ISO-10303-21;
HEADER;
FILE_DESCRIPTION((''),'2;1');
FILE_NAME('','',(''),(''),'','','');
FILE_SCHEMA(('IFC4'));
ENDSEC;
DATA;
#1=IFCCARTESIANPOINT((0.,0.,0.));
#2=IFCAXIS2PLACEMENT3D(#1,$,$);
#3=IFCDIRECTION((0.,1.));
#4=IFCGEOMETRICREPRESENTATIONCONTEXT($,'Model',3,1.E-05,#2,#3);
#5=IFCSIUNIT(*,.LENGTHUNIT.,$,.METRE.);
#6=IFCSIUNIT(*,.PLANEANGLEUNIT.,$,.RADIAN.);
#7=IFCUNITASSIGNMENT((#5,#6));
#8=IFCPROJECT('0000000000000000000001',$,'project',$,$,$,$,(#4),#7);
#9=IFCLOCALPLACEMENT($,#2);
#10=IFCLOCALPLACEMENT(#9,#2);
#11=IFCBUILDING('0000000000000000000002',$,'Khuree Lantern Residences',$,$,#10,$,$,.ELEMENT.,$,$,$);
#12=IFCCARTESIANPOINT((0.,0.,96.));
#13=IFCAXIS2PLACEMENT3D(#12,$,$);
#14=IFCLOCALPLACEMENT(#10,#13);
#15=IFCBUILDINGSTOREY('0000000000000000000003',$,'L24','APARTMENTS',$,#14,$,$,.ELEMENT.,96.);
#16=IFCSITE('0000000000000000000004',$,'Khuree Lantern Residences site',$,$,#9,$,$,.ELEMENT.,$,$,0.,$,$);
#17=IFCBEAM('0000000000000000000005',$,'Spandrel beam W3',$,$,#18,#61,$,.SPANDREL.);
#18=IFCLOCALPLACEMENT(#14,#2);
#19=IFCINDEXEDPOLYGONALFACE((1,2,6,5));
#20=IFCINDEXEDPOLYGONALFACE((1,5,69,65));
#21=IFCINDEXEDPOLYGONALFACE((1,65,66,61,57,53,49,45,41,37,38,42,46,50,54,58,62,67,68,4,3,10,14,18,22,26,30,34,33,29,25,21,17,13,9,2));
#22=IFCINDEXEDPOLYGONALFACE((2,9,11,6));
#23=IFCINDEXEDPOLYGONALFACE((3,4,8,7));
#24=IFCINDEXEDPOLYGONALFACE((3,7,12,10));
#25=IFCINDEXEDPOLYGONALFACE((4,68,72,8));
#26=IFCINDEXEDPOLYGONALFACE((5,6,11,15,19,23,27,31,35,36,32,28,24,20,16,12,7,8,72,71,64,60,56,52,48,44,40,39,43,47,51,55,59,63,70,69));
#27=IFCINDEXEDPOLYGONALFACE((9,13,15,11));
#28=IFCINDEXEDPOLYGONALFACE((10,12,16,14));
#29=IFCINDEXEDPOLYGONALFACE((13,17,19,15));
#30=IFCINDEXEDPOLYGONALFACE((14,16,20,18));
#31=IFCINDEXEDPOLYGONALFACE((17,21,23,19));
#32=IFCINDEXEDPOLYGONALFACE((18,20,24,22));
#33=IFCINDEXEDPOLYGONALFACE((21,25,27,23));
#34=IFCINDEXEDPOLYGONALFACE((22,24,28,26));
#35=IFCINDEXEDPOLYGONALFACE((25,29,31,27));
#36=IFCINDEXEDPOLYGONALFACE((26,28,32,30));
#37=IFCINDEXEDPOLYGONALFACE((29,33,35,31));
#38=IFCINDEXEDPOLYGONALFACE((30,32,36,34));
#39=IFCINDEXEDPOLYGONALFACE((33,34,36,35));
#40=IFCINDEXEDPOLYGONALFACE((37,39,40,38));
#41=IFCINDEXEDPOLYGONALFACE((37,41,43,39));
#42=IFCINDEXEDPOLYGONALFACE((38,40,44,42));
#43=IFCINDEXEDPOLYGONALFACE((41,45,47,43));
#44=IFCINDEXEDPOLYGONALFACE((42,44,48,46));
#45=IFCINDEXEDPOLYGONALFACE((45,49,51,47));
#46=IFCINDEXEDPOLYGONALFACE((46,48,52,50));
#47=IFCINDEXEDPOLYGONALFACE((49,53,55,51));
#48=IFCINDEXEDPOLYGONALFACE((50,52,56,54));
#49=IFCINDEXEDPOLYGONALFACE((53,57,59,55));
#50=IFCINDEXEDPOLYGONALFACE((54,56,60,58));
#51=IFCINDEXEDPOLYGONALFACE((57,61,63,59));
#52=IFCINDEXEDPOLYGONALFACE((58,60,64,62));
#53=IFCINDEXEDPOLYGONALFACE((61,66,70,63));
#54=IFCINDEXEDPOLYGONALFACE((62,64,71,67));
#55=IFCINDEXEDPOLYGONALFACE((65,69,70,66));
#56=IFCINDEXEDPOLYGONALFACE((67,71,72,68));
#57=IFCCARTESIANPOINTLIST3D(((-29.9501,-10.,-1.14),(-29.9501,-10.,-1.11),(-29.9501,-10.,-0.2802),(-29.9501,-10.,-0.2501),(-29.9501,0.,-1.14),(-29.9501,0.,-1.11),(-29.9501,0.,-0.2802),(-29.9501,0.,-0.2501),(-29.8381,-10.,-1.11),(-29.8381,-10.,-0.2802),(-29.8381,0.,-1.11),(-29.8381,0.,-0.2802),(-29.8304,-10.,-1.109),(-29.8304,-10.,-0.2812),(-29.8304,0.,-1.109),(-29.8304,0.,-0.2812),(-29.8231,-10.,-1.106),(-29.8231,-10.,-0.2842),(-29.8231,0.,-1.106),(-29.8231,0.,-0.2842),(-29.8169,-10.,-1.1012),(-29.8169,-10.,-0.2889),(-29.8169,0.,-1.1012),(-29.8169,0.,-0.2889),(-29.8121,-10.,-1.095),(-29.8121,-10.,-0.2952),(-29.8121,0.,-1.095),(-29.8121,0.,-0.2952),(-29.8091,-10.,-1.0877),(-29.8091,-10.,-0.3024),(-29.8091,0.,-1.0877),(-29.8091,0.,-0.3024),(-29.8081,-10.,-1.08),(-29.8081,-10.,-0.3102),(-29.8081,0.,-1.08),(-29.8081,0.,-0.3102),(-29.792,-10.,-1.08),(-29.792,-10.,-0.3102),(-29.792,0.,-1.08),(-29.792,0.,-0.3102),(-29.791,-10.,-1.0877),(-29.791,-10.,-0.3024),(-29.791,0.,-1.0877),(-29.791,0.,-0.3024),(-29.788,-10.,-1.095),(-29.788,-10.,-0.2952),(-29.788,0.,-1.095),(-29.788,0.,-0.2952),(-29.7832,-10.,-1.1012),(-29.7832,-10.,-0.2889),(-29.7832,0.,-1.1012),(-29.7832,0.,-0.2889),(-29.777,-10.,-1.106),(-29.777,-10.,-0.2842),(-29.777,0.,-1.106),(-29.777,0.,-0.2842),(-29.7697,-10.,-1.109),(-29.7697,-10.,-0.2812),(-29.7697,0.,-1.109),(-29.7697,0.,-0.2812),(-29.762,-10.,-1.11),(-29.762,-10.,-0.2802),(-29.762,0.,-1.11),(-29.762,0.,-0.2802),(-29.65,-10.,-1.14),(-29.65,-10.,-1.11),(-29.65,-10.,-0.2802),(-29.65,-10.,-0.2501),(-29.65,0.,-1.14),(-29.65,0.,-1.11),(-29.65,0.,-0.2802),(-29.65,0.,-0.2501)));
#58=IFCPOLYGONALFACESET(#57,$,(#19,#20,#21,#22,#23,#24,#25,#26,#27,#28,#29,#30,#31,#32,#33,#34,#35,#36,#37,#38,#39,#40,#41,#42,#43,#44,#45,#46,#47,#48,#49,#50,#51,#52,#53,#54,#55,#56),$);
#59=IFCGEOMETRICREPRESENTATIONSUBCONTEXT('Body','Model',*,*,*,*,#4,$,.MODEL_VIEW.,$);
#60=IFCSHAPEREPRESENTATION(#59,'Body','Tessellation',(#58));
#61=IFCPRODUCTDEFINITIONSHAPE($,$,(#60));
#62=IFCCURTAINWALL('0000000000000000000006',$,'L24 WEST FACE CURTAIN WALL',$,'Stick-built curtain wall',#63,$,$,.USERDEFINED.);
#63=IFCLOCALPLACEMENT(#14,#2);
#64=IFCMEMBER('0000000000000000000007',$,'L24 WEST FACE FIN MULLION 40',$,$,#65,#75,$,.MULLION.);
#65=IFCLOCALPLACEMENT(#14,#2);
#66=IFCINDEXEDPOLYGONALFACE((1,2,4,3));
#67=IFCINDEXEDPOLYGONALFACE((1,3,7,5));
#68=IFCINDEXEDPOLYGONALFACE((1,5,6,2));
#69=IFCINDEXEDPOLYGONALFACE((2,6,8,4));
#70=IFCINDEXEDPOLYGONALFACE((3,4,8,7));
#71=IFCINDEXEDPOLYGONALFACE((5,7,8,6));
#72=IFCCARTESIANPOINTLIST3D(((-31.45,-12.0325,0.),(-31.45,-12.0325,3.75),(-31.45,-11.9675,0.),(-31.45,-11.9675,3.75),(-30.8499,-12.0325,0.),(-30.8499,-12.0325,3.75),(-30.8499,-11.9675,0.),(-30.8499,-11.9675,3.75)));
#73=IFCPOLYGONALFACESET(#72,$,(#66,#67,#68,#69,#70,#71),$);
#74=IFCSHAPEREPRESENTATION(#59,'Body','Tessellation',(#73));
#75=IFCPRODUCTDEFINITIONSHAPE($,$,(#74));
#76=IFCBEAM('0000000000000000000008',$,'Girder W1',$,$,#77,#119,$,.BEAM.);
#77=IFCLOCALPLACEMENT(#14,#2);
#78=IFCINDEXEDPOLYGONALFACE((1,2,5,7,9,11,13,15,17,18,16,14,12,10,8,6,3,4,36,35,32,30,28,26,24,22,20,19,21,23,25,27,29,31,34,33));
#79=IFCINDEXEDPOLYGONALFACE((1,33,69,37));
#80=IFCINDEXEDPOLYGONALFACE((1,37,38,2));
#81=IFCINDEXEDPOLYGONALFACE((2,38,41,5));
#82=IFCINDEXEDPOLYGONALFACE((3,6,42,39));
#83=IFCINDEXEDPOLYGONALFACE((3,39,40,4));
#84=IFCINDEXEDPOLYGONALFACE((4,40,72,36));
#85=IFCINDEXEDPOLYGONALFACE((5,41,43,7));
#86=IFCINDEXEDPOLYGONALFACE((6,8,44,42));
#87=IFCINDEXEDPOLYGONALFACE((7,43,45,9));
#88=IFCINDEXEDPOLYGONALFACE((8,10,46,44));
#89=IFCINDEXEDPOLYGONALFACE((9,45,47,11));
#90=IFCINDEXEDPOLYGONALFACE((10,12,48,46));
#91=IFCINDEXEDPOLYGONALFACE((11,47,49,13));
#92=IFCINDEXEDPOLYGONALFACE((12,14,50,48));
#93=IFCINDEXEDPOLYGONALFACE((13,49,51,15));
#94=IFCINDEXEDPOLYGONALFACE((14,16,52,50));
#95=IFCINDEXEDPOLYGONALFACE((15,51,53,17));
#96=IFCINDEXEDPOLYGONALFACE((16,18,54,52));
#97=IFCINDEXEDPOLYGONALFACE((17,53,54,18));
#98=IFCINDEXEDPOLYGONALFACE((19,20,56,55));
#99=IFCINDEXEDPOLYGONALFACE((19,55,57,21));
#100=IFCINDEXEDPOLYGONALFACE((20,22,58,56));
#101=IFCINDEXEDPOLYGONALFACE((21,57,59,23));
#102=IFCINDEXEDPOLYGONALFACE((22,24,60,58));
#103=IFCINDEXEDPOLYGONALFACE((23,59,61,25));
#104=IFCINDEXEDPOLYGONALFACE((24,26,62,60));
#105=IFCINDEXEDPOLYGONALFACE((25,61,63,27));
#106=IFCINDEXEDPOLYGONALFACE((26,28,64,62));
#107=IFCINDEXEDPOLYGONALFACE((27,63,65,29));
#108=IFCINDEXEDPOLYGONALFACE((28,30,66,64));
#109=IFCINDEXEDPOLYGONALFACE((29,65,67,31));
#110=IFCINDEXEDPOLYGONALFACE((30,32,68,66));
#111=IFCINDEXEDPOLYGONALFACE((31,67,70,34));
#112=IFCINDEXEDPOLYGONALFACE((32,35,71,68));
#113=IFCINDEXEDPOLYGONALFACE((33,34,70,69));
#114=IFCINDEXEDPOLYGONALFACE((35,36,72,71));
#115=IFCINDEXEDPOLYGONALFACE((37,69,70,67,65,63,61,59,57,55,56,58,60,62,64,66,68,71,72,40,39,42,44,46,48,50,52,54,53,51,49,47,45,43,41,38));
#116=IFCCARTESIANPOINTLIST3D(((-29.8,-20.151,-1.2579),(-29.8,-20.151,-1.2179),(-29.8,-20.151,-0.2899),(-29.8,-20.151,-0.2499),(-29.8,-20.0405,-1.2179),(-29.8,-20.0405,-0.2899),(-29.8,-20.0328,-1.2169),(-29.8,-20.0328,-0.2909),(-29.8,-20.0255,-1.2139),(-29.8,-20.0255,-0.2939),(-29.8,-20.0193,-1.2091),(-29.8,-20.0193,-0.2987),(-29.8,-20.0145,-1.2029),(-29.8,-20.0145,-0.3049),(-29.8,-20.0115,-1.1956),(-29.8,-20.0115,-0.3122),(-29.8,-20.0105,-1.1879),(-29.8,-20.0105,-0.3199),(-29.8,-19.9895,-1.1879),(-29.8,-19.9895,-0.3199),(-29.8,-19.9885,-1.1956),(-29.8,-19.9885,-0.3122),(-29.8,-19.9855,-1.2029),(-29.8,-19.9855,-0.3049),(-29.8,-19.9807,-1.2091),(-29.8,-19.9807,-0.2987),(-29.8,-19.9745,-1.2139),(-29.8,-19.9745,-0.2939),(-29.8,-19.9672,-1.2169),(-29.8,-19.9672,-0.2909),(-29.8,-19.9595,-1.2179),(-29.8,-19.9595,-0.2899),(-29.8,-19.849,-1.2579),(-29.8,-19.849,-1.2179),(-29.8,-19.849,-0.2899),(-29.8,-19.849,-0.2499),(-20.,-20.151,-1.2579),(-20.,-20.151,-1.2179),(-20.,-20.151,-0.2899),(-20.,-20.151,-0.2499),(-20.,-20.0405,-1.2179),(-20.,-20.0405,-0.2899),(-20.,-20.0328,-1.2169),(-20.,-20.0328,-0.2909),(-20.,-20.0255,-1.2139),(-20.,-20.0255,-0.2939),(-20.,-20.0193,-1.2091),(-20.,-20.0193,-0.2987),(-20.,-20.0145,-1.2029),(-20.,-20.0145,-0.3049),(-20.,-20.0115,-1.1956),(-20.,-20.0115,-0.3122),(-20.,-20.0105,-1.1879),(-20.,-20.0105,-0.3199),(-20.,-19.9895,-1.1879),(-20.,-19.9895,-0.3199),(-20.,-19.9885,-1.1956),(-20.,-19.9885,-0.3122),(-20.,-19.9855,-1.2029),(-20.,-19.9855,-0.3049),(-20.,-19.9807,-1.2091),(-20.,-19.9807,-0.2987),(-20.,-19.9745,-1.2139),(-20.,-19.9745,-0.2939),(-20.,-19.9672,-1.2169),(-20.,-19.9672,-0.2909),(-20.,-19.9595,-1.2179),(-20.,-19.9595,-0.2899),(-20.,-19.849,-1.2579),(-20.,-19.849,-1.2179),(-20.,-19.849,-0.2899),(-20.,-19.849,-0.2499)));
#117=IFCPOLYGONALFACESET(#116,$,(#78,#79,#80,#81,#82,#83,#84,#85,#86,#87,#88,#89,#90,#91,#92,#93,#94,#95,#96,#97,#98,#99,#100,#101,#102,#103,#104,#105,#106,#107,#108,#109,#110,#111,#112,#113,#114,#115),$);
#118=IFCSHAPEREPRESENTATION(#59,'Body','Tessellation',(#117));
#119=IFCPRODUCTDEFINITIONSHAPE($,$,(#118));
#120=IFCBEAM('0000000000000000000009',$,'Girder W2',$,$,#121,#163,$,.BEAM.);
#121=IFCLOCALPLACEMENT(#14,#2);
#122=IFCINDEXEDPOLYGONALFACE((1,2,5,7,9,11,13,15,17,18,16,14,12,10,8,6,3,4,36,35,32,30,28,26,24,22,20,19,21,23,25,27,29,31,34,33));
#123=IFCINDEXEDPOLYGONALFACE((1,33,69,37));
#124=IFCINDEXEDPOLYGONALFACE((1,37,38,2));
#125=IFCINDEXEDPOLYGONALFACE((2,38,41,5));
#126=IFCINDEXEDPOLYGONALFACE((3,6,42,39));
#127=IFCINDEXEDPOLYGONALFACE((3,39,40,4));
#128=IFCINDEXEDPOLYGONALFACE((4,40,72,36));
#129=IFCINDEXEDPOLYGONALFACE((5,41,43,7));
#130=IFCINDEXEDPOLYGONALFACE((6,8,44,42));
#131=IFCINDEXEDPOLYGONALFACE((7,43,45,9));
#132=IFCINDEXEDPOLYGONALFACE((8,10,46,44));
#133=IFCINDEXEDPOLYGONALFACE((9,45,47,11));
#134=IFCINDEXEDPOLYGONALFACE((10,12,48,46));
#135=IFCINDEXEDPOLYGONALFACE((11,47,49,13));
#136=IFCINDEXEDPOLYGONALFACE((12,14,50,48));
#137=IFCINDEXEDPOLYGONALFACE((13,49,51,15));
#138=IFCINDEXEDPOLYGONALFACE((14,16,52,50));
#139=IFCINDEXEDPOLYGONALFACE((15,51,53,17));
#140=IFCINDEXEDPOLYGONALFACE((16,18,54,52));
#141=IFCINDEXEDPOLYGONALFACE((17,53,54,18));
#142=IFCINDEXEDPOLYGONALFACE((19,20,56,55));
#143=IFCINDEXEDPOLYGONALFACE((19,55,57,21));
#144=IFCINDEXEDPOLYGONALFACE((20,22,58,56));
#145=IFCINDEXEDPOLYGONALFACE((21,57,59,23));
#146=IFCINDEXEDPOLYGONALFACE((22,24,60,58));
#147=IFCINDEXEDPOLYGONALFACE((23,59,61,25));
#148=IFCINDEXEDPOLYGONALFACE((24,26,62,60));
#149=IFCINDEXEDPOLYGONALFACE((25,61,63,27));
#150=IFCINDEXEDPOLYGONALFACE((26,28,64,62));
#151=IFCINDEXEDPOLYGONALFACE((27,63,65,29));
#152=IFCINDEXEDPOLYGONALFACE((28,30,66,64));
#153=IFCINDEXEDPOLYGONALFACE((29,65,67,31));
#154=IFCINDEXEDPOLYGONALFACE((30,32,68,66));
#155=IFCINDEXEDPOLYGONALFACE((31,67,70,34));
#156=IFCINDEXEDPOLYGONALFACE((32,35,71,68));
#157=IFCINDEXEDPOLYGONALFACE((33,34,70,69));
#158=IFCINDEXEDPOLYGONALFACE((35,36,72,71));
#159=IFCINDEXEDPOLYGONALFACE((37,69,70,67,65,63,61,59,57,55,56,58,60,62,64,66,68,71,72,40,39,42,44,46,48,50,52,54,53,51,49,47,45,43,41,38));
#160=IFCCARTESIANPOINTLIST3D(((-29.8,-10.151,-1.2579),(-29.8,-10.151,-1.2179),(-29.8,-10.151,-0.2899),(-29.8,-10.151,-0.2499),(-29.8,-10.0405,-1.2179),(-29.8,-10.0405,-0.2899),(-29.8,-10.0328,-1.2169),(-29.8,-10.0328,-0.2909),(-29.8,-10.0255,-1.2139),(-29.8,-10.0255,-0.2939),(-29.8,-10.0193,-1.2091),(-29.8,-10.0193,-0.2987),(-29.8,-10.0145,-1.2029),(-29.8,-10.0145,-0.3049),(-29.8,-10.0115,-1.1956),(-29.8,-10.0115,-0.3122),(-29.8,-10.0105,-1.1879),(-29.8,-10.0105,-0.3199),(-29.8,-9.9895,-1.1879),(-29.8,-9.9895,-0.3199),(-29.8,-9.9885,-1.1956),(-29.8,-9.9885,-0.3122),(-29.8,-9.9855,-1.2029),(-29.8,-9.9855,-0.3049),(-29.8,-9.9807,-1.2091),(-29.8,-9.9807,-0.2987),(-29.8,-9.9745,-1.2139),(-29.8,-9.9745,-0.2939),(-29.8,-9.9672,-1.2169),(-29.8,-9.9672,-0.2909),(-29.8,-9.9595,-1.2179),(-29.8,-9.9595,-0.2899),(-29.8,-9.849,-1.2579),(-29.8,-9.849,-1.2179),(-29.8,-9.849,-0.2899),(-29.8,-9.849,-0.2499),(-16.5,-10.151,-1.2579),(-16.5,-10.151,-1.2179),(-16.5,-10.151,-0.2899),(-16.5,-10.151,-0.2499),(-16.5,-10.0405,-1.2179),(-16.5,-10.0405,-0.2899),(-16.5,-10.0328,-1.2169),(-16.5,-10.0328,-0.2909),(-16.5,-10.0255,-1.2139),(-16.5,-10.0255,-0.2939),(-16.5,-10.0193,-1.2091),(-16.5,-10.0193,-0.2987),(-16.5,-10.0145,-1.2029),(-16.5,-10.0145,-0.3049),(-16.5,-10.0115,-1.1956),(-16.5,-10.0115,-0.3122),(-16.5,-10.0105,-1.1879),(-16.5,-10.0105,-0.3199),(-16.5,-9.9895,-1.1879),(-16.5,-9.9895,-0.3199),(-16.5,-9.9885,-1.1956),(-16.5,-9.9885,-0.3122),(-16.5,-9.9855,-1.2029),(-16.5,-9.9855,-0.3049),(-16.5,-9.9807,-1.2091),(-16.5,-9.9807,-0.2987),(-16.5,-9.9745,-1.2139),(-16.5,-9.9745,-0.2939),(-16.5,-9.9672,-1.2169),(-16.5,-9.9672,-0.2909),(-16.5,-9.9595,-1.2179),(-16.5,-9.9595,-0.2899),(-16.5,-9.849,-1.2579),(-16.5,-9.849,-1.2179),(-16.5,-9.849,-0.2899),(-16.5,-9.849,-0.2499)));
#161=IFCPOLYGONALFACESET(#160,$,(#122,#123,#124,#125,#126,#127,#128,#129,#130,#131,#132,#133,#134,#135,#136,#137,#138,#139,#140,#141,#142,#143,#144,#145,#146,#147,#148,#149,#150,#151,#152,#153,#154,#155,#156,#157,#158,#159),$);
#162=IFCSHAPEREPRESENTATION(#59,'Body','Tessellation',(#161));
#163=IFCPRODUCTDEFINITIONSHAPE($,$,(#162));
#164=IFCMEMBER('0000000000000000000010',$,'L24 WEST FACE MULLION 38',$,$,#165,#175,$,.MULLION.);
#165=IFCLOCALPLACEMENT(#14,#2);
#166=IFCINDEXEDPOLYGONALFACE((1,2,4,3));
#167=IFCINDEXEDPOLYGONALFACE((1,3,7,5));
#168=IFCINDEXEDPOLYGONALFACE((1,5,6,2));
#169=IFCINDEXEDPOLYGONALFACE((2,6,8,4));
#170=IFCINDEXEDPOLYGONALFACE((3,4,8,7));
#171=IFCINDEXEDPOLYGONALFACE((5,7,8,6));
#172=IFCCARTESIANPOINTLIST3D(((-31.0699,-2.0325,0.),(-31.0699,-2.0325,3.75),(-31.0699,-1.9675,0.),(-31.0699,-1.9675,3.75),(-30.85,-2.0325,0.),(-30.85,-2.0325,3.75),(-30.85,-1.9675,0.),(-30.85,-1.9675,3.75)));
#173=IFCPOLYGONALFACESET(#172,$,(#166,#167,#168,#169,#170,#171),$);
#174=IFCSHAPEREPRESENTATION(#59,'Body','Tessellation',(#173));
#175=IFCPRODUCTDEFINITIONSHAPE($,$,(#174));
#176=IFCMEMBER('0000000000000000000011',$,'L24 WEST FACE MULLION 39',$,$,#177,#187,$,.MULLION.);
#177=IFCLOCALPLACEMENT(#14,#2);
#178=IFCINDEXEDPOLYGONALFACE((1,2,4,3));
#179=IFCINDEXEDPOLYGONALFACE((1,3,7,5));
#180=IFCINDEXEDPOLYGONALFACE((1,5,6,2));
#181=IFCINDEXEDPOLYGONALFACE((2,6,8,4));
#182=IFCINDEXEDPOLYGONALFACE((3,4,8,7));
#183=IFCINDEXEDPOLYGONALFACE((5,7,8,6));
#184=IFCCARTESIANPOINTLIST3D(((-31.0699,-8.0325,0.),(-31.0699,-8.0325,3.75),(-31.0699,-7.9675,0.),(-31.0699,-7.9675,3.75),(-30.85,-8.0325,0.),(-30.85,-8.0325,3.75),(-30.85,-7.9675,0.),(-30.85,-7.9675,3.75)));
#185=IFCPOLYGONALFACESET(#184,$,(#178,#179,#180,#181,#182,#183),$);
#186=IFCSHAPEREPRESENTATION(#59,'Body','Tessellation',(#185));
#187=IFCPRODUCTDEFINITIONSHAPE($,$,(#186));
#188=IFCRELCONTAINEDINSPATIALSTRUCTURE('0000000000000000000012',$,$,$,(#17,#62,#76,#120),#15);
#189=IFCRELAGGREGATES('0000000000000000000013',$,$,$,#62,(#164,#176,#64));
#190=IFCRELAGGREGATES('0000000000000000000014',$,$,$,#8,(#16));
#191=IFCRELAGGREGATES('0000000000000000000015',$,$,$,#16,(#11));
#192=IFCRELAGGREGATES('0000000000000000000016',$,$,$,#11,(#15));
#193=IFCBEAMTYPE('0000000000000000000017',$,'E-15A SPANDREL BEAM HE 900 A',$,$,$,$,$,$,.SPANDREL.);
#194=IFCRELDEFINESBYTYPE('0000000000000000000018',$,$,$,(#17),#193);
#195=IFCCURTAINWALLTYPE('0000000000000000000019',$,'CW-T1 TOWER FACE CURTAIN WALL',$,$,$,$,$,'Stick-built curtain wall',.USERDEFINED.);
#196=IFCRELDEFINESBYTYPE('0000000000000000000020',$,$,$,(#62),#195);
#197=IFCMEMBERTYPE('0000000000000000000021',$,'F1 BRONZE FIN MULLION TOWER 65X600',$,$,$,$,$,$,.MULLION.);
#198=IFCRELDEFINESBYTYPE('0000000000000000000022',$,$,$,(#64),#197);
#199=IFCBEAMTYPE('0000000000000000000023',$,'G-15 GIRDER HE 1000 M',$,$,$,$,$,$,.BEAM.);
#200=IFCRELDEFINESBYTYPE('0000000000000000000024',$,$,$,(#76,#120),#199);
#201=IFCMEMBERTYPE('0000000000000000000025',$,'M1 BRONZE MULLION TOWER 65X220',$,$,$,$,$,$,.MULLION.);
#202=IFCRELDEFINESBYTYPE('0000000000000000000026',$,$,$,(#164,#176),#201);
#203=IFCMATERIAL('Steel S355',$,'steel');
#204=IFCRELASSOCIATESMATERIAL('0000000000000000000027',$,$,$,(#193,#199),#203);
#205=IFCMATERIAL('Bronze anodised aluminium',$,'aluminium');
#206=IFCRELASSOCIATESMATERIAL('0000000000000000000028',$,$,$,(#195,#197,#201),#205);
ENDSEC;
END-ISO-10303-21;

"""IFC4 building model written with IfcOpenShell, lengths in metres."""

from ifc_helpers import new_model, si_unit, direction, frame, origin, origin_2d, place, context, subcontext, project, spatial, rectangle, i_section, extrude, material, material_profile, profile_set, type_object, element, aggregate, save


model = new_model("IFC4")

# Units and contexts
model_context = context("Model", 3, precision=1e-05, world=origin(), true_north=direction((0.0, 1.0)))
body_context = subcontext(model_context, "Body", "Model", "MODEL_VIEW")
ifc_project = project(units=[si_unit("LENGTHUNIT", "METRE"), si_unit("PLANEANGLEUNIT", "RADIAN")], contexts=[model_context])

# Site, building, storey
site_placement = place(None, origin())
site = spatial("IfcSite", under=ifc_project, at=site_placement, Name="Khuree Lantern Residences site", CompositionType="ELEMENT", RefElevation=0.0)
building_placement = place(site_placement, origin())
building = spatial("IfcBuilding", under=site, at=building_placement, Name="Khuree Lantern Residences", CompositionType="ELEMENT")
storey_placement = place(building_placement, frame((0.0, 0.0, 96.0)))
storey = spatial("IfcBuildingStorey", under=building, at=storey_placement, Name="L24", Description="APARTMENTS", CompositionType="ELEMENT", Elevation=96.0)

# Beam
ifc_material_1 = material(Name="Steel S355", Category="steel")
ifc_material_profile_1 = material_profile(ifc_material_1, i_section(OverallWidth=0.3, OverallDepth=0.8899, WebThickness=0.0161, FlangeThickness=0.03, FilletRadius=0.03, at=origin_2d()), Name="HE 900 A")
ifc_profile_set_1 = profile_set([ifc_material_profile_1], Name="Steel S355")
beam_type_1 = type_object("IfcBeamType", Name="E-15A SPANDREL BEAM HE 900 A", PredefinedType="SPANDREL", material=ifc_profile_set_1)
for number, where, z_axis, x_axis, name in (
    (1, (-29.8, -10.0, -0.6951), (0.0, 1.0, 0.0), (-1.0, 0.0, 0.0), "Spandrel beam W3"),
):
    element("IfcBeam", number, at=place(storey_placement, frame(where, z_axis=z_axis, x_axis=x_axis)), inside=storey, type_object=beam_type_1, Name=name, PredefinedType="SPANDREL", context=body_context, shape_type="SweptSolid", body=[
        extrude(i_section(OverallWidth=0.3, OverallDepth=0.8899, WebThickness=0.0161, FlangeThickness=0.03, FilletRadius=0.03, at=origin_2d()), origin(), (0.0, 0.0, 1.0), 10.0),
    ])

# Curtain wall, member
ifc_material_2 = material(Name="Bronze anodised aluminium", Category="aluminium")
curtain_wall_type = type_object("IfcCurtainWallType", Name="CW-T1 TOWER FACE CURTAIN WALL", ElementType="Stick-built curtain wall", PredefinedType="USERDEFINED", material=ifc_material_2)
curtain_wall_placement = place(storey_placement, origin())
curtain_wall = element("IfcCurtainWall", 2, at=curtain_wall_placement, inside=storey, type_object=curtain_wall_type, Name="L24 WEST FACE CURTAIN WALL", ObjectType="Stick-built curtain wall", PredefinedType="USERDEFINED")
ifc_material_profile_2 = material_profile(ifc_material_2, rectangle(XDim=0.0649, YDim=0.6001, at=origin_2d()), Name="F1 65X600")
ifc_profile_set_2 = profile_set([ifc_material_profile_2], Name="Bronze anodised aluminium")
member_type_1 = type_object("IfcMemberType", Name="F1 BRONZE FIN MULLION TOWER 65X600", PredefinedType="MULLION", material=ifc_profile_set_2)
member_1_placement = place(storey_placement, frame((-31.1499, -12.0, 0.0), z_axis=(0.0, 0.0, 1.0), x_axis=(0.0, -1.0, 0.0)))
member_1 = element("IfcMember", 3, at=member_1_placement, type_object=member_type_1, Name="L24 WEST FACE FIN MULLION 40", PredefinedType="MULLION", context=body_context, shape_type="SweptSolid", body=[
    extrude(rectangle(XDim=0.0649, YDim=0.6001, at=origin_2d()), origin(), (0.0, 0.0, 1.0), 3.75),
])

# Beams
ifc_material_profile_3 = material_profile(ifc_material_1, i_section(OverallWidth=0.302, OverallDepth=1.0081, WebThickness=0.021, FlangeThickness=0.04, FilletRadius=0.03, at=origin_2d()), Name="HE 1000 M")
ifc_profile_set_3 = profile_set([ifc_material_profile_3], Name="Steel S355")
beam_type_2 = type_object("IfcBeamType", Name="G-15 GIRDER HE 1000 M", PredefinedType="BEAM", material=ifc_profile_set_3)
beam_1_placement = place(storey_placement, frame((-29.8, -20.0, -0.7539), z_axis=(1.0, 0.0, 0.0), x_axis=(0.0, 1.0, 0.0)))
element("IfcBeam", 4, at=beam_1_placement, inside=storey, type_object=beam_type_2, Name="Girder W1", PredefinedType="BEAM", context=body_context, shape_type="SweptSolid", body=[
    extrude(i_section(OverallWidth=0.302, OverallDepth=1.0081, WebThickness=0.021, FlangeThickness=0.04, FilletRadius=0.03, at=origin_2d()), origin(), (0.0, 0.0, 1.0), 9.8),
])
beam_2_placement = place(storey_placement, frame((-29.8, -10.0, -0.7539), z_axis=(1.0, 0.0, 0.0), x_axis=(0.0, 1.0, 0.0)))
element("IfcBeam", 5, at=beam_2_placement, inside=storey, type_object=beam_type_2, Name="Girder W2", PredefinedType="BEAM", context=body_context, shape_type="SweptSolid", body=[
    extrude(i_section(OverallWidth=0.302, OverallDepth=1.0081, WebThickness=0.021, FlangeThickness=0.04, FilletRadius=0.03, at=origin_2d()), origin(), (0.0, 0.0, 1.0), 13.3),
])

# Members
ifc_material_profile_4 = material_profile(ifc_material_2, rectangle(XDim=0.0649, YDim=0.22, at=origin_2d()), Name="M1 65X220")
ifc_profile_set_4 = profile_set([ifc_material_profile_4], Name="Bronze anodised aluminium")
member_type_2 = type_object("IfcMemberType", Name="M1 BRONZE MULLION TOWER 65X220", PredefinedType="MULLION", material=ifc_profile_set_4)
member_2_placement = place(storey_placement, frame((-30.96, -2.0, 0.0), z_axis=(0.0, 0.0, 1.0), x_axis=(0.0, -1.0, 0.0)))
member_2 = element("IfcMember", 6, at=member_2_placement, type_object=member_type_2, Name="L24 WEST FACE MULLION 38", PredefinedType="MULLION", context=body_context, shape_type="SweptSolid", body=[
    extrude(rectangle(XDim=0.0649, YDim=0.22, at=origin_2d()), origin(), (0.0, 0.0, 1.0), 3.75),
])
member_3_placement = place(storey_placement, frame((-30.96, -8.0, 0.0), z_axis=(0.0, 0.0, 1.0), x_axis=(0.0, -1.0, 0.0)))
member_3 = element("IfcMember", 7, at=member_3_placement, type_object=member_type_2, Name="L24 WEST FACE MULLION 39", PredefinedType="MULLION", context=body_context, shape_type="SweptSolid", body=[
    extrude(rectangle(XDim=0.0649, YDim=0.22, at=origin_2d()), origin(), (0.0, 0.0, 1.0), 3.75),
])

aggregate(curtain_wall, [member_2, member_3, member_1])

save(model, "model.ifc")
